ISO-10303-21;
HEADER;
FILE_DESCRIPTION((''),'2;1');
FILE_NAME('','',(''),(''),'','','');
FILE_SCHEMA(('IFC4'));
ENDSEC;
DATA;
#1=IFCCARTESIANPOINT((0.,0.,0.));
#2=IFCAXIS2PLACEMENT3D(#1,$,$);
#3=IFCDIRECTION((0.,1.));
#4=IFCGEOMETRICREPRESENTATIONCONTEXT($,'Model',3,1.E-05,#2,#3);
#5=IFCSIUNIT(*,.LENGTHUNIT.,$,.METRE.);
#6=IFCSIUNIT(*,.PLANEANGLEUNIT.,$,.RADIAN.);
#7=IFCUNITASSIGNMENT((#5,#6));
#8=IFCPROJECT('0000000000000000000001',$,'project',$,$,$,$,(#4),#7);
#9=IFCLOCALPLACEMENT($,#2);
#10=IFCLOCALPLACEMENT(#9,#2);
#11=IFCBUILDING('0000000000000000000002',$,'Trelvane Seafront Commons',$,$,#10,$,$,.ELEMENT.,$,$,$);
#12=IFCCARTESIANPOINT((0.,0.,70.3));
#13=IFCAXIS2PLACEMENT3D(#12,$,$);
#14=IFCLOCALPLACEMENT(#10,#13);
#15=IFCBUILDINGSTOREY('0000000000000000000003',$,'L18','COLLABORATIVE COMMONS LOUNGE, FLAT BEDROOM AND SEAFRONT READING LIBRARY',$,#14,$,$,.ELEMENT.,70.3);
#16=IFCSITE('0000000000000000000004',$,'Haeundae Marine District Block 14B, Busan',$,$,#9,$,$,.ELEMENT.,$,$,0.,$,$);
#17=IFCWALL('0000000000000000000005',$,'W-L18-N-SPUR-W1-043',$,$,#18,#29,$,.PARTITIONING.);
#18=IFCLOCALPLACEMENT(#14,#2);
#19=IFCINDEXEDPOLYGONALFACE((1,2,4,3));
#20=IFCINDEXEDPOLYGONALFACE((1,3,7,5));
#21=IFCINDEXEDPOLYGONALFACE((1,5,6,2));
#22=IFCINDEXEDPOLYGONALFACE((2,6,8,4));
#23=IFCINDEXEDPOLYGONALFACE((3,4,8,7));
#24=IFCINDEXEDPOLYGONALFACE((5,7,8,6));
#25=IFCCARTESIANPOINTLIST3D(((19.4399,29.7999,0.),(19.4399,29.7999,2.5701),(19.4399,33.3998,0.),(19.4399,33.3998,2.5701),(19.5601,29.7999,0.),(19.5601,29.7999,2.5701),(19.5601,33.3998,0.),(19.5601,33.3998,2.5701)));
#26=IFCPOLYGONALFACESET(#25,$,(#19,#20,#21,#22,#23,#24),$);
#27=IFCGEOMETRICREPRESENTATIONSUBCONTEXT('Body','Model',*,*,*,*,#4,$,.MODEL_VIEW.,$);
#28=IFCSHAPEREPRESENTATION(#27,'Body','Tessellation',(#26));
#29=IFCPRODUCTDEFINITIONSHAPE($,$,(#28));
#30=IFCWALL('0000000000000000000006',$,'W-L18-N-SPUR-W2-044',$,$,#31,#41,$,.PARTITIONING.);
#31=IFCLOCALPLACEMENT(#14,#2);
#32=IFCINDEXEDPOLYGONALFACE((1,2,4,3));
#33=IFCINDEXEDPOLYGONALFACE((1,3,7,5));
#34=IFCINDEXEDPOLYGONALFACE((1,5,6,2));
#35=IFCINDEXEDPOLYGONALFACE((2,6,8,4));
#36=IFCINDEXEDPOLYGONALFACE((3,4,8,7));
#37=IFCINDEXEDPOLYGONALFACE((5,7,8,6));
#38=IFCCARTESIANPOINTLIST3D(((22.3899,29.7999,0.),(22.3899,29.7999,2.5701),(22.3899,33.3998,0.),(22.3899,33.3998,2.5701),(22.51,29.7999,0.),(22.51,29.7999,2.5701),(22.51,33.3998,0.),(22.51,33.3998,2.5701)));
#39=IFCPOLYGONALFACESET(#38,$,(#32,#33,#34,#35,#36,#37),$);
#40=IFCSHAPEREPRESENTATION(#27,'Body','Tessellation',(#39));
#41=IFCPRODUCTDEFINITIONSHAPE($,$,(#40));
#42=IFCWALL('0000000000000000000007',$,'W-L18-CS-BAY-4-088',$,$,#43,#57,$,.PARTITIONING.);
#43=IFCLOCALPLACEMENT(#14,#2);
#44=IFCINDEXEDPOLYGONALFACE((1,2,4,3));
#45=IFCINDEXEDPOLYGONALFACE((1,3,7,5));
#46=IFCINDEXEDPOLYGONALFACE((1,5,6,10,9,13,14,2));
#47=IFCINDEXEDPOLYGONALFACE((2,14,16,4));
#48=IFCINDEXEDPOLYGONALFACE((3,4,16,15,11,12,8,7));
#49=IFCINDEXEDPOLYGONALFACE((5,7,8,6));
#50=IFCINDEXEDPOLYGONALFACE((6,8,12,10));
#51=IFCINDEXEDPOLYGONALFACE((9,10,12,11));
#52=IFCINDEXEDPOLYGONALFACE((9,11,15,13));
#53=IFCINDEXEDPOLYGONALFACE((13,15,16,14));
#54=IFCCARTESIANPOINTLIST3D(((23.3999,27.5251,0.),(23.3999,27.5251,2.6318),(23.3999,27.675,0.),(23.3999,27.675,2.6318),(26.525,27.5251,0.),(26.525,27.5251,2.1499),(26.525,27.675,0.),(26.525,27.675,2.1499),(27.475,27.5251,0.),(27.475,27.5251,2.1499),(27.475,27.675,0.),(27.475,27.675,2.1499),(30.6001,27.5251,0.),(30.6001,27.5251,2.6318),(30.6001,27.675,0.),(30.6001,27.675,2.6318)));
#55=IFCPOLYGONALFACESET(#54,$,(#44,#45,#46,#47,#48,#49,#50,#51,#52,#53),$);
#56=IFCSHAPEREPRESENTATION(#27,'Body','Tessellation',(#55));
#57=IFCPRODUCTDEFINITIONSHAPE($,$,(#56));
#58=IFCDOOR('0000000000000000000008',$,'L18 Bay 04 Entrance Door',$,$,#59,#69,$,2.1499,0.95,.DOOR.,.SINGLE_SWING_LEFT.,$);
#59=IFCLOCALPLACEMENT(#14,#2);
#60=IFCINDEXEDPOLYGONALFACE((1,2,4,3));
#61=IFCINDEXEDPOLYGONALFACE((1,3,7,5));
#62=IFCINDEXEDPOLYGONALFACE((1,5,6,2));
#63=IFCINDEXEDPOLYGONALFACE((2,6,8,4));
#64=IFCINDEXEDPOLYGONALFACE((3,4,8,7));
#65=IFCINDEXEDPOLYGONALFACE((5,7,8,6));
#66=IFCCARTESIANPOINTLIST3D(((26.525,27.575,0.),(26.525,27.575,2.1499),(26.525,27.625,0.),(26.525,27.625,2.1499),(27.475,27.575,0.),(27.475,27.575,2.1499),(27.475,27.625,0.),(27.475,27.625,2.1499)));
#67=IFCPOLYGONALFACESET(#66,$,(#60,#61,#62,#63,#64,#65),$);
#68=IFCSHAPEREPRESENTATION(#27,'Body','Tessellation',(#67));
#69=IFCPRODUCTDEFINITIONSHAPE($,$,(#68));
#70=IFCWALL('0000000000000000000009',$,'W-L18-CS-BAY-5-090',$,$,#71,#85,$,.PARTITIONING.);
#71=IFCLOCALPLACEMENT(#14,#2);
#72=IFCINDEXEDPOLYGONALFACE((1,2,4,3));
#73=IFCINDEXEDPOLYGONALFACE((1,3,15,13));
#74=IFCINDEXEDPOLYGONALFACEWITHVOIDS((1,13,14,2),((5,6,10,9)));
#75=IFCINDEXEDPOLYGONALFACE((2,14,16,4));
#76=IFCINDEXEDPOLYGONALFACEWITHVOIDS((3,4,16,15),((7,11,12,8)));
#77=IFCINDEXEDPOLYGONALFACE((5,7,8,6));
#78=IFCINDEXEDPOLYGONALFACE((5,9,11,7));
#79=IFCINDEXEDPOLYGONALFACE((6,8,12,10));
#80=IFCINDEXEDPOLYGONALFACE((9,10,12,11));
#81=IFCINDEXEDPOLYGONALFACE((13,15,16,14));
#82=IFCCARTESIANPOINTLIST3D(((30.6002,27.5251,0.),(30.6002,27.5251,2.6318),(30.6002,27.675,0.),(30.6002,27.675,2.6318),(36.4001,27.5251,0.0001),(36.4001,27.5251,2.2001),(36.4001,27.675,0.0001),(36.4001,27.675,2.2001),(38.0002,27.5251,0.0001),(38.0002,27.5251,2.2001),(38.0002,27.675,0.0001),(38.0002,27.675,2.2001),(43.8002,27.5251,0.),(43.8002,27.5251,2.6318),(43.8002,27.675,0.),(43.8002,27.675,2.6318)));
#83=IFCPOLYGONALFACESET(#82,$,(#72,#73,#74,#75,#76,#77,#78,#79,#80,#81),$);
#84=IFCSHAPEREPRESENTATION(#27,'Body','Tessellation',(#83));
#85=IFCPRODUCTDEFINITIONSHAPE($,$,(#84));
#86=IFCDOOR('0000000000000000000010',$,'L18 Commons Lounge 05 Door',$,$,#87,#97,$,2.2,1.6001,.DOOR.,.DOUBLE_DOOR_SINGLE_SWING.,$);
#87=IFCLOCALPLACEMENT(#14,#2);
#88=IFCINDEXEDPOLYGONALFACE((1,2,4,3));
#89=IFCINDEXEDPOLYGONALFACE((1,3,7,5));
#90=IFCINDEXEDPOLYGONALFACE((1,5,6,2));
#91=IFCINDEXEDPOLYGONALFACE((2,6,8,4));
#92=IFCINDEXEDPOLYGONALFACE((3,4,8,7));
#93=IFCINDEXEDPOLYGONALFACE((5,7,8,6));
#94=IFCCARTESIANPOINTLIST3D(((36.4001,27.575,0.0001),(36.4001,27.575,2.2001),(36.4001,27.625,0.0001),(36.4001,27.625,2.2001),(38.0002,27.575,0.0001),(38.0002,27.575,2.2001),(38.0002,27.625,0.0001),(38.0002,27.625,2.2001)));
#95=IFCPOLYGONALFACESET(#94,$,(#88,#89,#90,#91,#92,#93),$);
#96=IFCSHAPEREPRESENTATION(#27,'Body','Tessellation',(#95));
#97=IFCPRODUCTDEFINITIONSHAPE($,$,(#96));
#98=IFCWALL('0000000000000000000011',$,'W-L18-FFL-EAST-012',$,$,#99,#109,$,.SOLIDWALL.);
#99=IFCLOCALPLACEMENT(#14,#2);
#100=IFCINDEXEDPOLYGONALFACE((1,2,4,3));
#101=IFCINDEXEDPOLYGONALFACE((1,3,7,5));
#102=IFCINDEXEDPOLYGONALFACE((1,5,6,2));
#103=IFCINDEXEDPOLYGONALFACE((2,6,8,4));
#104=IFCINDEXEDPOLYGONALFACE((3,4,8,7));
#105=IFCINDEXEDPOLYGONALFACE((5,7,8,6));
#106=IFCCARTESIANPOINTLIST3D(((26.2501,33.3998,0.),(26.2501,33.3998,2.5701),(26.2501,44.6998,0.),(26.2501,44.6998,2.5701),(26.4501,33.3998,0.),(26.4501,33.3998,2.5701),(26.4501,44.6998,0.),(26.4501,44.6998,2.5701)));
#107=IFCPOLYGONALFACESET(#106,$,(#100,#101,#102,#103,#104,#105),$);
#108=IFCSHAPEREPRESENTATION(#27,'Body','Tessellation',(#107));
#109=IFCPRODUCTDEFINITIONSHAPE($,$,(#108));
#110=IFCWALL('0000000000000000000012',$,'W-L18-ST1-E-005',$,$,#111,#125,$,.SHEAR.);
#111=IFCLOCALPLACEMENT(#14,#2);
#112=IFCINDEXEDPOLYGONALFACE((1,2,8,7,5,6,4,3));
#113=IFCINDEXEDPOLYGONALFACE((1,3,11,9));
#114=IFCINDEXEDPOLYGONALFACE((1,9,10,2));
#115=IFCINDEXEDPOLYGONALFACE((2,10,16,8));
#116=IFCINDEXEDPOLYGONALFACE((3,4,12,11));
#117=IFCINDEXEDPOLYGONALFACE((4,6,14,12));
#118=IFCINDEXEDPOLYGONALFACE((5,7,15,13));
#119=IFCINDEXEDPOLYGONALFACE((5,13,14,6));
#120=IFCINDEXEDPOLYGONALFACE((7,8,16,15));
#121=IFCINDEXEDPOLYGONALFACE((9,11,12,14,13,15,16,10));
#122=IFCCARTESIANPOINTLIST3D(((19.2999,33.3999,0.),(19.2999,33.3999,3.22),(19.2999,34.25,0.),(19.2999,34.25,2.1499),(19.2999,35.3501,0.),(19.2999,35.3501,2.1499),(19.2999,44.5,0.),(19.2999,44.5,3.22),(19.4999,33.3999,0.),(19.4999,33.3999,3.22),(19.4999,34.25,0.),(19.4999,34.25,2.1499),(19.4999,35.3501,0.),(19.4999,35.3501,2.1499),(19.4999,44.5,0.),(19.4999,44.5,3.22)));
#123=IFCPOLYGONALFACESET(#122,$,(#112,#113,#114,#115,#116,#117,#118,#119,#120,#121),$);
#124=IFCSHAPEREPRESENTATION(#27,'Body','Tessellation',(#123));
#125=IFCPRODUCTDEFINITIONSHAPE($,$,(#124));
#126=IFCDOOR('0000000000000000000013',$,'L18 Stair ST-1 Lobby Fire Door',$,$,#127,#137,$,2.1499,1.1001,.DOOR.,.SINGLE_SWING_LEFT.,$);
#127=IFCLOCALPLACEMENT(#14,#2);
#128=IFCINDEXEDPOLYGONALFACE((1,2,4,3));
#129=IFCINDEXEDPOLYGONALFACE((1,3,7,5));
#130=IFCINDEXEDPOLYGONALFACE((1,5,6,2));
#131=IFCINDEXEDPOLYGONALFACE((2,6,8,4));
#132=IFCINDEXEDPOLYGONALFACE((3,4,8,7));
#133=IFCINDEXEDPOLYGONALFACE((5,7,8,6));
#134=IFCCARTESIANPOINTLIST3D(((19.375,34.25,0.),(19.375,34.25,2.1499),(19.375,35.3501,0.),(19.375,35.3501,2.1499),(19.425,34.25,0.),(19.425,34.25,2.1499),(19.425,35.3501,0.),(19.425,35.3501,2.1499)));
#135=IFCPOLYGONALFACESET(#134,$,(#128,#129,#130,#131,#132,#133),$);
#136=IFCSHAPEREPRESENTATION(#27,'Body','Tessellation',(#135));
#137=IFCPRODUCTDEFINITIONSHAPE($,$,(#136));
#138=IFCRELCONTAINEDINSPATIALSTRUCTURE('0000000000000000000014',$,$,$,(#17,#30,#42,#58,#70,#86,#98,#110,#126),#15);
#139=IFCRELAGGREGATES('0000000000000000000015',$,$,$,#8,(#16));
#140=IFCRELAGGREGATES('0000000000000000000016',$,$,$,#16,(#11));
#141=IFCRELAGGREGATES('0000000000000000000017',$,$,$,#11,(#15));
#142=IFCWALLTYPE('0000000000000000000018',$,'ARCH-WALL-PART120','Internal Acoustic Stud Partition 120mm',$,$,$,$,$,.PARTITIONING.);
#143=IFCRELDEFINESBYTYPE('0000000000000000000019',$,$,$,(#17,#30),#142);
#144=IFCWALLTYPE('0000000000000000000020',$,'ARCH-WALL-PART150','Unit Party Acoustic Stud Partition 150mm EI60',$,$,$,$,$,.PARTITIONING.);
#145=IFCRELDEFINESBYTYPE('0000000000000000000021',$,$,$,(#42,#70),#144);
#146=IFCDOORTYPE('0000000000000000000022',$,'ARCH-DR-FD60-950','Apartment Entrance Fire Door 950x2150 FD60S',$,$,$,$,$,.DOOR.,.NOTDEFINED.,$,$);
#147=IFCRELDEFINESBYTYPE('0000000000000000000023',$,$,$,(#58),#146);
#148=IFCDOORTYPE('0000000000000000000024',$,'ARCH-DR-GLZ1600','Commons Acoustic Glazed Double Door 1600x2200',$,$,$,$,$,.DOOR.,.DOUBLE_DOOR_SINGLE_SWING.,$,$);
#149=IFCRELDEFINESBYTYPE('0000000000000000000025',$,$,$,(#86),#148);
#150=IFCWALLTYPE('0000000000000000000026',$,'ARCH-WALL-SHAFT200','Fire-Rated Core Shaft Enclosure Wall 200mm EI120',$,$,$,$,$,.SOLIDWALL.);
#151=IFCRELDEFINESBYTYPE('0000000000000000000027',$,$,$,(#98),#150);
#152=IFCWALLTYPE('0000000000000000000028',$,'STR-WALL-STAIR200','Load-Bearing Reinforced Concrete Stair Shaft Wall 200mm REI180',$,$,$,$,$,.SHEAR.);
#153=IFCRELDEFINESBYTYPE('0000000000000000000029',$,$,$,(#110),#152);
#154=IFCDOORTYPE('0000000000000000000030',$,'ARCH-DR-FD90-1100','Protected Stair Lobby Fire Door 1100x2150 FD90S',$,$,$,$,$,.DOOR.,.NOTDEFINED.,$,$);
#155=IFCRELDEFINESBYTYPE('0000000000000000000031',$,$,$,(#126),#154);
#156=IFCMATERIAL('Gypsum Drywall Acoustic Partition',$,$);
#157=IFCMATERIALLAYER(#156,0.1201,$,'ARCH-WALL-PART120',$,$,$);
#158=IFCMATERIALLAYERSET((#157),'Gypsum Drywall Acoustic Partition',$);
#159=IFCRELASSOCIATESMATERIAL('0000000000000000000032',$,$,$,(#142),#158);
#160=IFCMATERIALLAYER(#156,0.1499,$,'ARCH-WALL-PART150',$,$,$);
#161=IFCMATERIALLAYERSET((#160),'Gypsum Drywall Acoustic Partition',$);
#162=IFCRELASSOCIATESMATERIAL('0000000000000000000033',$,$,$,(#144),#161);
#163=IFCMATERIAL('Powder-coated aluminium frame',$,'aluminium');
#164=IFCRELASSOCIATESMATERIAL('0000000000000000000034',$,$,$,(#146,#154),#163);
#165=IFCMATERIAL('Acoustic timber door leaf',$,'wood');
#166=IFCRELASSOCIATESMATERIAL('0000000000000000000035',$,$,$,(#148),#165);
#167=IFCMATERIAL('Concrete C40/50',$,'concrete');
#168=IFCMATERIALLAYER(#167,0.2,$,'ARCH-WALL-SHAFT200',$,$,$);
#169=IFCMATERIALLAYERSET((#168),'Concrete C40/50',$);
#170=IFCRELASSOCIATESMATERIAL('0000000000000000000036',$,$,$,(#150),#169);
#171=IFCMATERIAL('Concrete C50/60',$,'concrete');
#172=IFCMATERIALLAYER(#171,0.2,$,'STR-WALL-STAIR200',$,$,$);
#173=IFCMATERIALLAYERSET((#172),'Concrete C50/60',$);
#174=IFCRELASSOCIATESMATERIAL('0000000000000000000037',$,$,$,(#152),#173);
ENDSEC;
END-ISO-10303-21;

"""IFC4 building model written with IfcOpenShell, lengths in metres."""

from ifc_helpers import new_model, si_unit, direction, frame, frame_2d, origin, place, context, subcontext, project, spatial, rectangle, extrude, source, transform, mapped, material, layer, layer_set, type_object, element, fill, save


model = new_model("IFC4")

# Units and contexts
model_context = context("Model", 3, precision=1e-05, world=origin(), true_north=direction((0.0, 1.0)))
body_context = subcontext(model_context, "Body", "Model", "MODEL_VIEW")
ifc_project = project(units=[si_unit("LENGTHUNIT", "METRE"), si_unit("PLANEANGLEUNIT", "RADIAN")], contexts=[model_context])

# Site, building, storey
site_placement = place(None, origin())
site = spatial("IfcSite", under=ifc_project, at=site_placement, Name="Haeundae Marine District Block 14B, Busan", CompositionType="ELEMENT", RefElevation=0.0)
building_placement = place(site_placement, origin())
building = spatial("IfcBuilding", under=site, at=building_placement, Name="Trelvane Seafront Commons", CompositionType="ELEMENT")
storey_placement = place(building_placement, frame((0.0, 0.0, 70.3)))
storey = spatial("IfcBuildingStorey", under=building, at=storey_placement, Name="L18", Description="COLLABORATIVE COMMONS LOUNGE, FLAT BEDROOM AND SEAFRONT READING LIBRARY", CompositionType="ELEMENT", Elevation=70.3)

# Shared definitions
ifc_material_1 = material(Name="Concrete C40/50", Category="concrete")
ifc_material_2 = material(Name="Powder-coated aluminium frame", Category="aluminium")
shared_shape_1 = source(origin(), body_context, "Body", "SweptSolid", [
    extrude(rectangle(XDim=1.6001, YDim=2.2, at=frame_2d((0.8, 1.1001))), frame((0.0, 0.0249, 0.0), z_axis=(0.0, -1.0, 0.0), x_axis=(1.0, 0.0, 0.0)), (0.0, 0.0, 1.0), 0.05),
])
ifc_material_3 = material(Name="Gypsum Drywall Acoustic Partition")
ifc_layer_1 = layer(ifc_material_3, 0.1201, Name="ARCH-WALL-PART120")
ifc_layer_set_1 = layer_set([ifc_layer_1], Name="Gypsum Drywall Acoustic Partition")
wall_type_1 = type_object("IfcWallType", Name="ARCH-WALL-PART120", Description="Internal Acoustic Stud Partition 120mm", PredefinedType="PARTITIONING", material=ifc_layer_set_1)
ifc_material_4 = material(Name="Acoustic timber door leaf", Category="wood")
shared_shape_2 = source(origin(), body_context, "Body", "SweptSolid", [
    extrude(rectangle(XDim=0.95, YDim=2.1499, at=frame_2d((0.4751, 1.075))), frame((0.0, 0.0249, 0.0), z_axis=(0.0, -1.0, 0.0), x_axis=(1.0, 0.0, 0.0)), (0.0, 0.0, 1.0), 0.05),
])

# Walls
for number, where, z_axis, x_axis, name in (
    (1, (19.5, 29.8, 0.0), (0.0, 0.0, 1.0), (0.0, 1.0, 0.0), "W-L18-N-SPUR-W1-043"),
    (2, (22.45, 29.8, 0.0), (0.0, 0.0, 1.0), (0.0, 1.0, 0.0), "W-L18-N-SPUR-W2-044"),
):
    element("IfcWall", number, at=place(storey_placement, frame(where, z_axis=z_axis, x_axis=x_axis)), inside=storey, type_object=wall_type_1, Name=name, PredefinedType="PARTITIONING", context=body_context, shape_type="SweptSolid", body=[
        extrude(rectangle(XDim=3.5999, YDim=0.1201, at=frame_2d((1.7998, 0.0))), origin(), (0.0, 0.0, 1.0), 2.5701),
    ])

# Walls, openings, doors
ifc_layer_2 = layer(ifc_material_3, 0.1499, Name="ARCH-WALL-PART150")
ifc_layer_set_2 = layer_set([ifc_layer_2], Name="Gypsum Drywall Acoustic Partition")
wall_type_2 = type_object("IfcWallType", Name="ARCH-WALL-PART150", Description="Unit Party Acoustic Stud Partition 150mm EI60", PredefinedType="PARTITIONING", material=ifc_layer_set_2)
wall_1_placement = place(storey_placement, frame((23.3999, 27.6001, 0.0), z_axis=(0.0, 0.0, 1.0), x_axis=(1.0, 0.0, 0.0)))
wall_1 = element("IfcWall", 3, at=wall_1_placement, inside=storey, type_object=wall_type_2, Name="W-L18-CS-BAY-4-088", PredefinedType="PARTITIONING", context=body_context, shape_type="SweptSolid", body=[
    extrude(rectangle(XDim=7.2002, YDim=0.1499, at=frame_2d((3.6001, 0.0))), origin(), (0.0, 0.0, 1.0), 2.6318),
])
opening_1_placement = place(wall_1_placement, frame((3.125, 0.0, 0.0)))
opening_1 = element("IfcOpeningElement", 4, at=opening_1_placement, cuts=wall_1, PredefinedType="OPENING", context=body_context, shape_type="SweptSolid", body=[
    extrude(rectangle(XDim=0.95, YDim=2.1499, at=frame_2d((0.4751, 1.075))), frame((0.0, 0.085, 0.0), z_axis=(0.0, -1.0, 0.0), x_axis=(1.0, 0.0, 0.0)), (0.0, 0.0, 1.0), 0.1699),
])
door_type_1 = type_object("IfcDoorType", Name="ARCH-DR-FD60-950", Description="Apartment Entrance Fire Door 950x2150 FD60S", OperationType="NOTDEFINED", PredefinedType="DOOR", material=ifc_material_2)
door_1_placement = place(opening_1_placement, origin())
door_1 = element("IfcDoor", 5, at=door_1_placement, inside=storey, type_object=door_type_1, Name="L18 Bay 04 Entrance Door", OperationType="SINGLE_SWING_LEFT", OverallHeight=2.1499, OverallWidth=0.95, PredefinedType="DOOR", context=body_context, shape_type="MappedRepresentation", body=[
    mapped(shared_shape_2, transform((0.0, 0.0, 0.0), x_axis=(1.0, 0.0, 0.0), y_axis=(0.0, 1.0, 0.0), z_axis=(0.0, 0.0, 1.0), scale=1.0)),
])
fill(opening_1, door_1)
wall_2_placement = place(storey_placement, frame((30.6001, 27.6001, 0.0), z_axis=(0.0, 0.0, 1.0), x_axis=(1.0, 0.0, 0.0)))
wall_2 = element("IfcWall", 6, at=wall_2_placement, inside=storey, type_object=wall_type_2, Name="W-L18-CS-BAY-5-090", PredefinedType="PARTITIONING", context=body_context, shape_type="SweptSolid", body=[
    extrude(rectangle(XDim=13.2, YDim=0.1499, at=frame_2d((6.6001, 0.0))), origin(), (0.0, 0.0, 1.0), 2.6318),
])
opening_2_placement = place(wall_2_placement, frame((5.8, 0.0, 0.0)))
opening_2 = element("IfcOpeningElement", 7, at=opening_2_placement, cuts=wall_2, PredefinedType="OPENING", context=body_context, shape_type="SweptSolid", body=[
    extrude(rectangle(XDim=1.6001, YDim=2.2, at=frame_2d((0.8, 1.1001))), frame((0.0, 0.085, 0.0), z_axis=(0.0, -1.0, 0.0), x_axis=(1.0, 0.0, 0.0)), (0.0, 0.0, 1.0), 0.1699),
])
door_type_2 = type_object("IfcDoorType", Name="ARCH-DR-GLZ1600", Description="Commons Acoustic Glazed Double Door 1600x2200", OperationType="DOUBLE_DOOR_SINGLE_SWING", PredefinedType="DOOR", material=ifc_material_4)
door_2_placement = place(opening_2_placement, origin())
door_2 = element("IfcDoor", 8, at=door_2_placement, inside=storey, type_object=door_type_2, Name="L18 Commons Lounge 05 Door", OperationType="DOUBLE_DOOR_SINGLE_SWING", OverallHeight=2.2, OverallWidth=1.6001, PredefinedType="DOOR", context=body_context, shape_type="MappedRepresentation", body=[
    mapped(shared_shape_1, transform((0.0, 0.0, 0.0), x_axis=(1.0, 0.0, 0.0), y_axis=(0.0, 1.0, 0.0), z_axis=(0.0, 0.0, 1.0), scale=1.0)),
])
fill(opening_2, door_2)

# Wall
ifc_layer_3 = layer(ifc_material_1, 0.2, Name="ARCH-WALL-SHAFT200")
ifc_layer_set_3 = layer_set([ifc_layer_3], Name="Concrete C40/50")
wall_type_3 = type_object("IfcWallType", Name="ARCH-WALL-SHAFT200", Description="Fire-Rated Core Shaft Enclosure Wall 200mm EI120", PredefinedType="SOLIDWALL", material=ifc_layer_set_3)
wall_3_placement = place(storey_placement, frame((26.3501, 33.3999, 0.0), z_axis=(0.0, 0.0, 1.0), x_axis=(0.0, 1.0, 0.0)))
element("IfcWall", 9, at=wall_3_placement, inside=storey, type_object=wall_type_3, Name="W-L18-FFL-EAST-012", PredefinedType="SOLIDWALL", context=body_context, shape_type="SweptSolid", body=[
    extrude(rectangle(XDim=11.3, YDim=0.2, at=frame_2d((5.6499, 0.0))), origin(), (0.0, 0.0, 1.0), 2.5701),
])

# Wall, opening, door
ifc_material_5 = material(Name="Concrete C50/60", Category="concrete")
ifc_layer_4 = layer(ifc_material_5, 0.2, Name="STR-WALL-STAIR200")
ifc_layer_set_4 = layer_set([ifc_layer_4], Name="Concrete C50/60")
wall_type_4 = type_object("IfcWallType", Name="STR-WALL-STAIR200", Description="Load-Bearing Reinforced Concrete Stair Shaft Wall 200mm REI180", PredefinedType="SHEAR", material=ifc_layer_set_4)
wall_4_placement = place(storey_placement, frame((19.3999, 33.3999, 0.0), z_axis=(0.0, 0.0, 1.0), x_axis=(0.0, 1.0, 0.0)))
wall_4 = element("IfcWall", 10, at=wall_4_placement, inside=storey, type_object=wall_type_4, Name="W-L18-ST1-E-005", PredefinedType="SHEAR", context=body_context, shape_type="SweptSolid", body=[
    extrude(rectangle(XDim=11.1001, YDim=0.2, at=frame_2d((5.55, 0.0))), origin(), (0.0, 0.0, 1.0), 3.22),
])
opening_3_placement = place(wall_4_placement, frame((0.8501, 0.0, 0.0)))
opening_3 = element("IfcOpeningElement", 11, at=opening_3_placement, cuts=wall_4, PredefinedType="OPENING", context=body_context, shape_type="SweptSolid", body=[
    extrude(rectangle(XDim=1.1001, YDim=2.1499, at=frame_2d((0.55, 1.075))), frame((0.0, 0.1099, 0.0), z_axis=(0.0, -1.0, 0.0), x_axis=(1.0, 0.0, 0.0)), (0.0, 0.0, 1.0), 0.22),
])
door_type_3 = type_object("IfcDoorType", Name="ARCH-DR-FD90-1100", Description="Protected Stair Lobby Fire Door 1100x2150 FD90S", OperationType="NOTDEFINED", PredefinedType="DOOR", material=ifc_material_2)
shared_shape_3 = source(origin(), body_context, "Body", "SweptSolid", [
    extrude(rectangle(XDim=1.1001, YDim=2.1499, at=frame_2d((0.55, 1.075))), frame((0.0, 0.0249, 0.0), z_axis=(0.0, -1.0, 0.0), x_axis=(1.0, 0.0, 0.0)), (0.0, 0.0, 1.0), 0.05),
])
door_3_placement = place(opening_3_placement, origin())
door_3 = element("IfcDoor", 12, at=door_3_placement, inside=storey, type_object=door_type_3, Name="L18 Stair ST-1 Lobby Fire Door", OperationType="SINGLE_SWING_LEFT", OverallHeight=2.1499, OverallWidth=1.1001, PredefinedType="DOOR", context=body_context, shape_type="MappedRepresentation", body=[
    mapped(shared_shape_3, transform((0.0, 0.0, 0.0), x_axis=(1.0, 0.0, 0.0), y_axis=(0.0, 1.0, 0.0), z_axis=(0.0, 0.0, 1.0), scale=1.0)),
])
fill(opening_3, door_3)

save(model, "model.ifc")
